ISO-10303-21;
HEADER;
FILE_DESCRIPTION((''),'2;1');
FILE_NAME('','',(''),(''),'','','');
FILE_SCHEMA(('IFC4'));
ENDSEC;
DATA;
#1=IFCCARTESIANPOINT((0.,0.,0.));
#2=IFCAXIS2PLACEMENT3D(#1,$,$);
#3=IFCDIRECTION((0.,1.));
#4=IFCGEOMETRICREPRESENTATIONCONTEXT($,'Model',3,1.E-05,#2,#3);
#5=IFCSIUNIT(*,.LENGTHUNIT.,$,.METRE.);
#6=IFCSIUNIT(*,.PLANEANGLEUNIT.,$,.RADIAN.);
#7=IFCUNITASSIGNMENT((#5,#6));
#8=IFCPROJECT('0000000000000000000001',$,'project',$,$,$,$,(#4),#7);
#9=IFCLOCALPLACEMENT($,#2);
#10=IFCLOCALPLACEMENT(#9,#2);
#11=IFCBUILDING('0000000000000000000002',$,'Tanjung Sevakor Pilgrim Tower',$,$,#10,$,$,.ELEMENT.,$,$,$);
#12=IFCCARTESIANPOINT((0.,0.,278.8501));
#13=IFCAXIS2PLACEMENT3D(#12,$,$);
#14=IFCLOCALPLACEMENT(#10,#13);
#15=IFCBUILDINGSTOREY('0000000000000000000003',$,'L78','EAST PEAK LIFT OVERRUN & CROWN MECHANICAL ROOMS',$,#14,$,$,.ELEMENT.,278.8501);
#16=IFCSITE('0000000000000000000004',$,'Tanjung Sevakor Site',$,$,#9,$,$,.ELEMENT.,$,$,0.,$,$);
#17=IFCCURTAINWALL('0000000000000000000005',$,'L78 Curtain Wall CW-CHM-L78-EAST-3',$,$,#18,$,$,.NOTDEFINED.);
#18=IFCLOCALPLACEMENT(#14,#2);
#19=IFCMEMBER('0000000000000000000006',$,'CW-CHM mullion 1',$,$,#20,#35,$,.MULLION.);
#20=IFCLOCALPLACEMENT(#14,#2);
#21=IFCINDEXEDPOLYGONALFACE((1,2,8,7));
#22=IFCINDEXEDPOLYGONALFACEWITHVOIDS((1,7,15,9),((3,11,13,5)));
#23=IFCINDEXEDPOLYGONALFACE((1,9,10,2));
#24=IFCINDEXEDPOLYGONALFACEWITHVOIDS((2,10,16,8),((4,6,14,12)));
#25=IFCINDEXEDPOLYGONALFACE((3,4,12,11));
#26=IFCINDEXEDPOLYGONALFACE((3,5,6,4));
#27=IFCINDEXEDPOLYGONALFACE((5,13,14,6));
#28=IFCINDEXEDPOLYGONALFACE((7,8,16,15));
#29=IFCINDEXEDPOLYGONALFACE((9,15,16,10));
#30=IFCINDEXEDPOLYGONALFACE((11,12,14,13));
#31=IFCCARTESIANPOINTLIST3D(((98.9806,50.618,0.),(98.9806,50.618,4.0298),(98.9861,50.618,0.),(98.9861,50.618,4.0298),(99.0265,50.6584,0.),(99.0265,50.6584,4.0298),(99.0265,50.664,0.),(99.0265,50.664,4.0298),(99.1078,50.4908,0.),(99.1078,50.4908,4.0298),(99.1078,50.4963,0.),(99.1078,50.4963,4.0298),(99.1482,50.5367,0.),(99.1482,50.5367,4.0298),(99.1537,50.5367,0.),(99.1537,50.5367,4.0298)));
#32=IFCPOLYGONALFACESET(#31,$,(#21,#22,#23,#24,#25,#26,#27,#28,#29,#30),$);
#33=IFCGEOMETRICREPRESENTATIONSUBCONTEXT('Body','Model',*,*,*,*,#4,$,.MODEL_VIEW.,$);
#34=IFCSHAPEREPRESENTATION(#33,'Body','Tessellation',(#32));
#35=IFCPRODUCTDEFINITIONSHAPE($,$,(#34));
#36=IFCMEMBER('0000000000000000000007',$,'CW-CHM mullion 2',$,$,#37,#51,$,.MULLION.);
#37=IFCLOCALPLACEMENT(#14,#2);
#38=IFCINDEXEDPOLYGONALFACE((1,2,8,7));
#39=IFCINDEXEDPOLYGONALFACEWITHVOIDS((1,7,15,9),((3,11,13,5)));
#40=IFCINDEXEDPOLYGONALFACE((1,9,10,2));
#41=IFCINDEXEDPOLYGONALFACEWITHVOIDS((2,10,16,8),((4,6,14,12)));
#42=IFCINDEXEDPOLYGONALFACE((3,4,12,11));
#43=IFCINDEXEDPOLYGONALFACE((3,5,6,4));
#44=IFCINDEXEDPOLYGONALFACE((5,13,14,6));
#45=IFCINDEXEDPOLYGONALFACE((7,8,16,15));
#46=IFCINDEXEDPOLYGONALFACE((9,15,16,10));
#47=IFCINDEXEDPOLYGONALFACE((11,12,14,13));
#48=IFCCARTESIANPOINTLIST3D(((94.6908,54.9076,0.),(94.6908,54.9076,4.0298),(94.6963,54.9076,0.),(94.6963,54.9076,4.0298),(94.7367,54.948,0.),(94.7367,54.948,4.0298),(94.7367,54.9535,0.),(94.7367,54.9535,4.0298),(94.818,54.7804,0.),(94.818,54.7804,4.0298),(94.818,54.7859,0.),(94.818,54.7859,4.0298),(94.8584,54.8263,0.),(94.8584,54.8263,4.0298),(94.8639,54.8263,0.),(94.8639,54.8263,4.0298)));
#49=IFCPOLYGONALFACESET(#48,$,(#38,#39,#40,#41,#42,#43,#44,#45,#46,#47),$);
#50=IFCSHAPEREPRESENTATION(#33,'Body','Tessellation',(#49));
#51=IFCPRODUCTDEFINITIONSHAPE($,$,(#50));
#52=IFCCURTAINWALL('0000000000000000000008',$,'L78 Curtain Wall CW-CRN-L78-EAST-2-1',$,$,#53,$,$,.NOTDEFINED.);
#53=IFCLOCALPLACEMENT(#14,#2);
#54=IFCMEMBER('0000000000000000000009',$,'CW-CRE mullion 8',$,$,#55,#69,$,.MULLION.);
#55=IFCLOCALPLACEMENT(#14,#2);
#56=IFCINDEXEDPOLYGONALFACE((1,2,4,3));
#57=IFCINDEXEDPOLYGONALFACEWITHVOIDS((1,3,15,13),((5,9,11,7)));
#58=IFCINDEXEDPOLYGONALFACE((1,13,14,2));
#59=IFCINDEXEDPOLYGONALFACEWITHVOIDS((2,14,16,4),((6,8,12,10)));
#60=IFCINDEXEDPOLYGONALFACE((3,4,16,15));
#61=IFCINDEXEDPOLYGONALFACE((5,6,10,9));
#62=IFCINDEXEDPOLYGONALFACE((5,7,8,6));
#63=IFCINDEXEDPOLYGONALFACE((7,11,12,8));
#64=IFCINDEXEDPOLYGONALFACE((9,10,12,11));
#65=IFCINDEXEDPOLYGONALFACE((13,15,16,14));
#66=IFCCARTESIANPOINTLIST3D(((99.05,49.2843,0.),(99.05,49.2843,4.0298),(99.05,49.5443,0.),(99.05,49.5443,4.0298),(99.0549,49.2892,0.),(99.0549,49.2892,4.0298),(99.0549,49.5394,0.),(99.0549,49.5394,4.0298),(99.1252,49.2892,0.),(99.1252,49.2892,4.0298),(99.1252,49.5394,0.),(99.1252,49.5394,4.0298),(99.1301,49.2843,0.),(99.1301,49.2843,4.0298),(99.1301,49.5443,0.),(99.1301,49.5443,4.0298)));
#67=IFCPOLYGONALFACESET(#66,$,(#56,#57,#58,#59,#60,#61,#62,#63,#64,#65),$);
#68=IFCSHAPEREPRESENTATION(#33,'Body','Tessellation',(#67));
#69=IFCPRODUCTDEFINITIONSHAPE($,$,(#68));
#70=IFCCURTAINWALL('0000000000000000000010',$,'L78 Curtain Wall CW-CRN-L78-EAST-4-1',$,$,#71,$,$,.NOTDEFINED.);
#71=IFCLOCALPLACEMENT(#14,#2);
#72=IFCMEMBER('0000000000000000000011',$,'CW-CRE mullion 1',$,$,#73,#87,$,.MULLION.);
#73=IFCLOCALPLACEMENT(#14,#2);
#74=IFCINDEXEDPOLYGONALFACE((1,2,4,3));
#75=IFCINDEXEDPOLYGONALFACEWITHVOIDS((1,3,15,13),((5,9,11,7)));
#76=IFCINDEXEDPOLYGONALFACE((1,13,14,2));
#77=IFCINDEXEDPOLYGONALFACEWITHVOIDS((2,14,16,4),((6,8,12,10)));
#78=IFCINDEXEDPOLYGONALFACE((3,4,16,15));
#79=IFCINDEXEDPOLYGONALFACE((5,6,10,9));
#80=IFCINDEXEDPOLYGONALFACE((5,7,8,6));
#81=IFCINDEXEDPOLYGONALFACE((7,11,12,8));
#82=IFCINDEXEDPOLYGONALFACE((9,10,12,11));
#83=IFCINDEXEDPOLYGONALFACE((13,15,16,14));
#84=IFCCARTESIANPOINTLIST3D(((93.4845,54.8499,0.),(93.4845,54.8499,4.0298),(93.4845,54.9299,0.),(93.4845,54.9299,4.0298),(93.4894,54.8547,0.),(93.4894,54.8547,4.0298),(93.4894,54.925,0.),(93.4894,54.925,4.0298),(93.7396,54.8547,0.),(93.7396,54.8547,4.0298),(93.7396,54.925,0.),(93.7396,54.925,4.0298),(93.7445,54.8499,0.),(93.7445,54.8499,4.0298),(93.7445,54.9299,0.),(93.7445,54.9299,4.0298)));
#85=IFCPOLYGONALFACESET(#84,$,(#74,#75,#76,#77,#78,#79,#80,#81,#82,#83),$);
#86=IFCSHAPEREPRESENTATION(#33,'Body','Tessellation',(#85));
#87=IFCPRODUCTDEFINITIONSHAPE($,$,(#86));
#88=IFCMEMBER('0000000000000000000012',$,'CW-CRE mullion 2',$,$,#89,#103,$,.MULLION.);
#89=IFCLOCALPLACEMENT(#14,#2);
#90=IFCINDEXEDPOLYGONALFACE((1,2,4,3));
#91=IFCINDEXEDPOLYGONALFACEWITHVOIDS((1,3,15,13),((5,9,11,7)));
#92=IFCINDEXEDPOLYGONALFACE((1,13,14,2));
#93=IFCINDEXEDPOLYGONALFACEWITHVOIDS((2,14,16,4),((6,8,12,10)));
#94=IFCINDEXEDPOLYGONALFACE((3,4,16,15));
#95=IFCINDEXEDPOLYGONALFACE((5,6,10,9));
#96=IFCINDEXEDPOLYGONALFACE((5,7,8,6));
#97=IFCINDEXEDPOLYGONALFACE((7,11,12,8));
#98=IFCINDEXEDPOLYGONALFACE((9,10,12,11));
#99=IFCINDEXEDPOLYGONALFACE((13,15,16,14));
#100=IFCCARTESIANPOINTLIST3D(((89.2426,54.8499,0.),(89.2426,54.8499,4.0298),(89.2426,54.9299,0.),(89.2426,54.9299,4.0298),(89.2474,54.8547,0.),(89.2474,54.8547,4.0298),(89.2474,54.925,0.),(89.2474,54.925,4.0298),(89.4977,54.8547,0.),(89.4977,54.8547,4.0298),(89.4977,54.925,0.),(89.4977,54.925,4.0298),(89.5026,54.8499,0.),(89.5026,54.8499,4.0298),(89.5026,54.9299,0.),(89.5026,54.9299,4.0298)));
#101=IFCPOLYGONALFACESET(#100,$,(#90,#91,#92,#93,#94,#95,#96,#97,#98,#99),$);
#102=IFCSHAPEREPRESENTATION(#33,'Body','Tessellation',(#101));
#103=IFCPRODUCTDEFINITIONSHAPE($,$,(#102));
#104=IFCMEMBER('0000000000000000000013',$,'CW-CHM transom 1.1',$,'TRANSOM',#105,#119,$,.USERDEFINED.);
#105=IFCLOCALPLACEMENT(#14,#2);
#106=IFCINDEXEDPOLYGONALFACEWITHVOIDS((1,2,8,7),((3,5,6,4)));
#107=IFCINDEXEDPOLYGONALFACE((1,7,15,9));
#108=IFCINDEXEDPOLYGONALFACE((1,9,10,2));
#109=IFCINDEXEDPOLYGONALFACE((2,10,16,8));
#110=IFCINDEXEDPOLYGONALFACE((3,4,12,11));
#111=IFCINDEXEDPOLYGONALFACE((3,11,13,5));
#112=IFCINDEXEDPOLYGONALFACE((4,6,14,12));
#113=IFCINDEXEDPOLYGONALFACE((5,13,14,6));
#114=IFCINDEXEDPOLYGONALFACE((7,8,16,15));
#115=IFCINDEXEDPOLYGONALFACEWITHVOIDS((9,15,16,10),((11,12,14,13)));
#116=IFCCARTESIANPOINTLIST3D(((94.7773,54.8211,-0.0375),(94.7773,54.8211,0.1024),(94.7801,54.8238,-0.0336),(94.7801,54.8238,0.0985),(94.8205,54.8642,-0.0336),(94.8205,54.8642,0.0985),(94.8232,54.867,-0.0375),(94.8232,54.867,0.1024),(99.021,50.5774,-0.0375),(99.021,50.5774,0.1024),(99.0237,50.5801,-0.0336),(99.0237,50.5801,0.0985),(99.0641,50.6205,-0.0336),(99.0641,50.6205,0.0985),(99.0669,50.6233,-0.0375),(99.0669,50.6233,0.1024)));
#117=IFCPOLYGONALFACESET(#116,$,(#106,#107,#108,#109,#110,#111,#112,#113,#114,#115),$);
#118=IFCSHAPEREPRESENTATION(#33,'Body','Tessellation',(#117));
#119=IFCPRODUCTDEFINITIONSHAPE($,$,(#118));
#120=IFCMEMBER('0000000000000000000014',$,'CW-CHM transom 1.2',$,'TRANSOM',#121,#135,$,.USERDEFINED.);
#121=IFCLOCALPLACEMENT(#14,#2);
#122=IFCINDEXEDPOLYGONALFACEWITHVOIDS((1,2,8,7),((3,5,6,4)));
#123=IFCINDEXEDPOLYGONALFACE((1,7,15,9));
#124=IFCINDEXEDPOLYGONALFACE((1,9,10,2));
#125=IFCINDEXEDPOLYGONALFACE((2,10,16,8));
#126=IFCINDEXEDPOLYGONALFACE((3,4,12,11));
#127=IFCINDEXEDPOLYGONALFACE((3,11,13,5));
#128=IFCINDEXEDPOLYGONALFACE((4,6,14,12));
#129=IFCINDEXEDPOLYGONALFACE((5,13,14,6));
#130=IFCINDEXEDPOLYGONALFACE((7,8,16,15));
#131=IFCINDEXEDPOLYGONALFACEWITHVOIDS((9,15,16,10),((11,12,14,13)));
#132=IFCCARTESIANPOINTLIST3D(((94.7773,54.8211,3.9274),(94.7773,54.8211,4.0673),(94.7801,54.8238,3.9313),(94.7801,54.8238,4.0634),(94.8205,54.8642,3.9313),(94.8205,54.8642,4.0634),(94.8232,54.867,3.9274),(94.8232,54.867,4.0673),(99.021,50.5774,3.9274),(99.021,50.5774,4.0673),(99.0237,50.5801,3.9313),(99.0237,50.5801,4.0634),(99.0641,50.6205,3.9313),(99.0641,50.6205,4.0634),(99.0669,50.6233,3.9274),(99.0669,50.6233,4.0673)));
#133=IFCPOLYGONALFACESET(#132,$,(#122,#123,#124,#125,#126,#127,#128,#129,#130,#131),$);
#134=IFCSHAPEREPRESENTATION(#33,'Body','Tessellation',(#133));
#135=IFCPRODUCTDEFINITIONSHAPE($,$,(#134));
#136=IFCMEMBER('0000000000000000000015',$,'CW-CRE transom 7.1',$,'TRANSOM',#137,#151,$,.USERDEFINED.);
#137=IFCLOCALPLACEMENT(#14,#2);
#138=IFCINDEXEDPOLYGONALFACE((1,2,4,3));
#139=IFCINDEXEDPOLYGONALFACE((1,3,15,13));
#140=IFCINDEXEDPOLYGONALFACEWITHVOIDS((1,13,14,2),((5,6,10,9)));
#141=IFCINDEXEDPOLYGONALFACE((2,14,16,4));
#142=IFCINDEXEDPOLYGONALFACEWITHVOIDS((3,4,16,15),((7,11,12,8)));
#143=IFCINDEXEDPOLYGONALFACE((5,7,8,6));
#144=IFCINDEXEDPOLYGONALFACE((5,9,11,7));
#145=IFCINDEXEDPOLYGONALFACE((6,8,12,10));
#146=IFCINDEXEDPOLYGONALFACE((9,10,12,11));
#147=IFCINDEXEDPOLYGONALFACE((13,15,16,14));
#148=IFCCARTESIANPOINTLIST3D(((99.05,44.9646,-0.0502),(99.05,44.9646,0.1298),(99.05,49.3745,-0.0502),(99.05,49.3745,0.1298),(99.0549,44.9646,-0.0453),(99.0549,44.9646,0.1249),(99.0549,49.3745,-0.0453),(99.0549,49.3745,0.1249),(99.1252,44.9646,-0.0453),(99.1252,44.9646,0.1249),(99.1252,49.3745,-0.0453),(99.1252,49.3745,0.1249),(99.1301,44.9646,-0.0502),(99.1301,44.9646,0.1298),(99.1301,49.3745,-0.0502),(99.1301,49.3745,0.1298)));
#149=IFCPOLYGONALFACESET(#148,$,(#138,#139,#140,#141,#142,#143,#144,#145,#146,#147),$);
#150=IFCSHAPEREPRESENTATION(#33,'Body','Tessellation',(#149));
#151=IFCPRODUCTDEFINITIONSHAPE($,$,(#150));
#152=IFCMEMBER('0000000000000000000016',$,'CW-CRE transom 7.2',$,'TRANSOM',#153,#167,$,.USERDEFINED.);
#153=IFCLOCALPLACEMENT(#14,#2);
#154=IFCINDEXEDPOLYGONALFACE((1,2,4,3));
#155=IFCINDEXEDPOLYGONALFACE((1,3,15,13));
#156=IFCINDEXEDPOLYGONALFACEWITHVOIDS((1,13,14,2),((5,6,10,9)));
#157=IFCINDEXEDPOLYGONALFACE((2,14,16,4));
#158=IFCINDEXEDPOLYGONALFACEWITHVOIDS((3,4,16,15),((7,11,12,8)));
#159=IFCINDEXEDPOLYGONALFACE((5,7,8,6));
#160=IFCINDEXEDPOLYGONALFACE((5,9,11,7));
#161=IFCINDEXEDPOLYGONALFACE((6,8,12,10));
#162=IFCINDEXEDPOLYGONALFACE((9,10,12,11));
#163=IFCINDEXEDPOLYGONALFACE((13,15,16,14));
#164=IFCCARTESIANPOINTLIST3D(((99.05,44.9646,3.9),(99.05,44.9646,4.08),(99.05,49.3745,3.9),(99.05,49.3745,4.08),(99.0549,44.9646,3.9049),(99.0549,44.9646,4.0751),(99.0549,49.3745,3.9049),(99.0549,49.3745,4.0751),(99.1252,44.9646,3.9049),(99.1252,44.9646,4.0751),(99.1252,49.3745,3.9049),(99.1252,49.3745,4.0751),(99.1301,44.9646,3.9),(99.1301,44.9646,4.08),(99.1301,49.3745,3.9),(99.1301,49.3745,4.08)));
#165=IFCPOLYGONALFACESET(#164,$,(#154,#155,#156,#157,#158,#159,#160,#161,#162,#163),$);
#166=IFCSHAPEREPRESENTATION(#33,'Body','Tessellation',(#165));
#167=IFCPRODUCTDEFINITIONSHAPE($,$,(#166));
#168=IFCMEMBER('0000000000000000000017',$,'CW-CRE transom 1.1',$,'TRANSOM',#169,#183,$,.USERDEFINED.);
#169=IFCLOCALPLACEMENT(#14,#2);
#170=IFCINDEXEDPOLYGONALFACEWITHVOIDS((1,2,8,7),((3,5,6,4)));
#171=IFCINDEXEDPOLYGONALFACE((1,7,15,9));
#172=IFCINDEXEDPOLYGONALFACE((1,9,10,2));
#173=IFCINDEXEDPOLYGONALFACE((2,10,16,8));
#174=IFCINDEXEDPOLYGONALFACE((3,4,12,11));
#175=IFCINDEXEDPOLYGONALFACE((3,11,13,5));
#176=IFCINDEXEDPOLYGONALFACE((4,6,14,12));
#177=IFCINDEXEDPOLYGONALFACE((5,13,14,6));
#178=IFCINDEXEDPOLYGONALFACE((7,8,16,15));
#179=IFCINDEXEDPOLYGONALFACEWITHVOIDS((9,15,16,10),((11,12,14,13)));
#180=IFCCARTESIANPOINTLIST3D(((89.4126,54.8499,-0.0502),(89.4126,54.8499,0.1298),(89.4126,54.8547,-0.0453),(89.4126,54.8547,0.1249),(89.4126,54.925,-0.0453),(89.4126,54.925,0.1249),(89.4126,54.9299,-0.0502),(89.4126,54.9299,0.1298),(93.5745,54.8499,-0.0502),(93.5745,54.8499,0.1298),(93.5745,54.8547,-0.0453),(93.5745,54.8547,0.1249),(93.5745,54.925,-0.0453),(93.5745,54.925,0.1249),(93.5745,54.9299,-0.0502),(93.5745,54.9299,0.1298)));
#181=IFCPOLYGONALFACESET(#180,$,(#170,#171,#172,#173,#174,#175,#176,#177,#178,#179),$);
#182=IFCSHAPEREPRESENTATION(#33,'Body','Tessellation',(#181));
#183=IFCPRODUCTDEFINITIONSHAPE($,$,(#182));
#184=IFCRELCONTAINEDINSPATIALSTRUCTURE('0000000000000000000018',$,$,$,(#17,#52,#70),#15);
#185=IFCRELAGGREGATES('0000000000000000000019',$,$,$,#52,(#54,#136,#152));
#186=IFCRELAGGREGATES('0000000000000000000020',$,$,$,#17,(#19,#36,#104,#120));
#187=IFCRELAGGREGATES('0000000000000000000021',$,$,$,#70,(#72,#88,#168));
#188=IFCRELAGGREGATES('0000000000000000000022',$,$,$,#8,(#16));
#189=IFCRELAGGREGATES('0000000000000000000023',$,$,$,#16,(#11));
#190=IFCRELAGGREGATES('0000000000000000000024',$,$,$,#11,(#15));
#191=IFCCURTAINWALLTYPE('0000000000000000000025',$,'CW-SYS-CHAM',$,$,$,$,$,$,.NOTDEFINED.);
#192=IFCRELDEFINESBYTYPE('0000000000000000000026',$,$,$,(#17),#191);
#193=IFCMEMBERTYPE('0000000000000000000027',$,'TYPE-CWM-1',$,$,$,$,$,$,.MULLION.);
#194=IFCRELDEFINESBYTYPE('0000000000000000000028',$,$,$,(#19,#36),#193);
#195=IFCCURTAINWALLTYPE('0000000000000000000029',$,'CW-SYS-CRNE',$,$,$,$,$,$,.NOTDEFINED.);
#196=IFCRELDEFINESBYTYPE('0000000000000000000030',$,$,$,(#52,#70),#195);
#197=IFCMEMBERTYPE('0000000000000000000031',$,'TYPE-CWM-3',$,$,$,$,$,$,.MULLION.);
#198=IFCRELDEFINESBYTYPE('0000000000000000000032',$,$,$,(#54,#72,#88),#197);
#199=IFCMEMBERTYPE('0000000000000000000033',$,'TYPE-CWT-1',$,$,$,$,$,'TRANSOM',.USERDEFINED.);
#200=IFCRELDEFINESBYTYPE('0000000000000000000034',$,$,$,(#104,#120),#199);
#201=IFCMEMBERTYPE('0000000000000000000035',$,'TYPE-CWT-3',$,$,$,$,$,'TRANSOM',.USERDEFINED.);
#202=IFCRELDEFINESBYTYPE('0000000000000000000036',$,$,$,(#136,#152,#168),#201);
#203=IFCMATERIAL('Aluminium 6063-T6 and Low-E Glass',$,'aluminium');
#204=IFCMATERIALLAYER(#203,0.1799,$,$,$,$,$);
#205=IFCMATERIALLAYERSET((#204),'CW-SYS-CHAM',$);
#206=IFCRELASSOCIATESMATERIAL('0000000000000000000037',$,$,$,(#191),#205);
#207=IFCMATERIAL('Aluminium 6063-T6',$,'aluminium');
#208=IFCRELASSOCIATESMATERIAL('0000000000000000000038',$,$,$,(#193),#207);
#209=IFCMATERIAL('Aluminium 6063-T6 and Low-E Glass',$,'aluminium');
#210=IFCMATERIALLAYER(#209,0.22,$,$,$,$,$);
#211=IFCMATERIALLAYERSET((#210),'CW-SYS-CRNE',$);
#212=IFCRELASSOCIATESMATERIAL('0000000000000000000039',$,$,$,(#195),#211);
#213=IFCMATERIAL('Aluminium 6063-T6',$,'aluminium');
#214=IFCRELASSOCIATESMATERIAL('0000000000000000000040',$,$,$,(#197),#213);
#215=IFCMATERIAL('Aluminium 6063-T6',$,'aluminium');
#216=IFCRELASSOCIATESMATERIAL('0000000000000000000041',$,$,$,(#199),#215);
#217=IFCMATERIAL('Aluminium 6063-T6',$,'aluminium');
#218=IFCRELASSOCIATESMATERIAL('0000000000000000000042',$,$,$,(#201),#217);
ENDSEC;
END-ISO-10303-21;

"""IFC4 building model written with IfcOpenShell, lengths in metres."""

from ifc_helpers import new_model, si_unit, direction, frame, origin, origin_2d, place, context, subcontext, project, spatial, hollow_rectangle, extrude, material, layer, layer_set, material_profile, profile_set, type_object, element, aggregate, save


model = new_model("IFC4")

# Units and contexts
model_context = context("Model", 3, precision=1e-05, world=origin(), true_north=direction((0.0, 1.0)))
body_context = subcontext(model_context, "Body", "Model", "MODEL_VIEW")
ifc_project = project(units=[si_unit("LENGTHUNIT", "METRE"), si_unit("PLANEANGLEUNIT", "RADIAN")], contexts=[model_context])

# Site, building, storey
site_placement = place(None, origin())
site = spatial("IfcSite", under=ifc_project, at=site_placement, Name="Tanjung Sevakor Site", CompositionType="ELEMENT", RefElevation=0.0)
building_placement = place(site_placement, origin())
building = spatial("IfcBuilding", under=site, at=building_placement, Name="Tanjung Sevakor Pilgrim Tower", CompositionType="ELEMENT")
storey_placement = place(building_placement, frame((0.0, 0.0, 278.8501)))
storey = spatial("IfcBuildingStorey", under=building, at=storey_placement, Name="L78", Description="EAST PEAK LIFT OVERRUN & CROWN MECHANICAL ROOMS", CompositionType="ELEMENT", Elevation=278.8501)

# Curtain wall, members
ifc_material_1 = material(Name="Aluminium 6063-T6 and Low-E Glass", Category="aluminium")
ifc_layer_1 = layer(ifc_material_1, 0.1799)
ifc_layer_set_1 = layer_set([ifc_layer_1], Name="CW-SYS-CHAM")
curtain_wall_type_1 = type_object("IfcCurtainWallType", Name="CW-SYS-CHAM", PredefinedType="NOTDEFINED", material=ifc_layer_set_1)
curtain_wall_1_placement = place(storey_placement, origin())
curtain_wall_1 = element("IfcCurtainWall", 1, at=curtain_wall_1_placement, inside=storey, type_object=curtain_wall_type_1, Name="L78 Curtain Wall CW-CHM-L78-EAST-3", PredefinedType="NOTDEFINED")
ifc_material_2 = material(Name="Aluminium 6063-T6", Category="aluminium")
ifc_material_profile_1 = material_profile(ifc_material_2, hollow_rectangle(XDim=0.0649, YDim=0.1799, WallThickness=0.0039, at=origin_2d()))
ifc_profile_set_1 = profile_set([ifc_material_profile_1], Name="Aluminium 6063-T6")
member_type_1 = type_object("IfcMemberType", Name="TYPE-CWM-1", PredefinedType="MULLION", material=ifc_profile_set_1)
member_1_placement = place(storey_placement, frame((99.0671, 50.5774, 0.0), z_axis=(0.0, 0.0, 1.0), x_axis=(-0.707107, -0.707107, 0.0)))
member_1 = element("IfcMember", 2, at=member_1_placement, type_object=member_type_1, Name="CW-CHM mullion 1", PredefinedType="MULLION", context=body_context, shape_type="SweptSolid", body=[
    extrude(hollow_rectangle(XDim=0.0649, YDim=0.1799, WallThickness=0.0039, at=origin_2d()), origin(), (0.0, 0.0, 1.0), 4.0298),
])
member_2_placement = place(storey_placement, frame((94.7773, 54.8669, 0.0), z_axis=(0.0, 0.0, 1.0), x_axis=(-0.707107, -0.707107, 0.0)))
member_2 = element("IfcMember", 3, at=member_2_placement, type_object=member_type_1, Name="CW-CHM mullion 2", PredefinedType="MULLION", context=body_context, shape_type="SweptSolid", body=[
    extrude(hollow_rectangle(XDim=0.0649, YDim=0.1799, WallThickness=0.0039, at=origin_2d()), origin(), (0.0, 0.0, 1.0), 4.0298),
])

# Curtain wall, member
ifc_material_3 = material(Name="Aluminium 6063-T6 and Low-E Glass", Category="aluminium")
ifc_layer_2 = layer(ifc_material_3, 0.22)
ifc_layer_set_2 = layer_set([ifc_layer_2], Name="CW-SYS-CRNE")
curtain_wall_type_2 = type_object("IfcCurtainWallType", Name="CW-SYS-CRNE", PredefinedType="NOTDEFINED", material=ifc_layer_set_2)
curtain_wall_2_placement = place(storey_placement, origin())
curtain_wall_2 = element("IfcCurtainWall", 4, at=curtain_wall_2_placement, inside=storey, type_object=curtain_wall_type_2, Name="L78 Curtain Wall CW-CRN-L78-EAST-2-1", PredefinedType="NOTDEFINED")
ifc_material_4 = material(Name="Aluminium 6063-T6", Category="aluminium")
ifc_material_profile_2 = material_profile(ifc_material_4, hollow_rectangle(XDim=0.0801, YDim=0.26, WallThickness=0.0049, at=origin_2d()))
ifc_profile_set_2 = profile_set([ifc_material_profile_2], Name="Aluminium 6063-T6")
member_type_2 = type_object("IfcMemberType", Name="TYPE-CWM-3", PredefinedType="MULLION", material=ifc_profile_set_2)
member_3_placement = place(storey_placement, frame((99.0901, 49.4143, 0.0), z_axis=(0.0, 0.0, 1.0), x_axis=(-1.0, 0.0, 0.0)))
member_3 = element("IfcMember", 5, at=member_3_placement, type_object=member_type_2, Name="CW-CRE mullion 8", PredefinedType="MULLION", context=body_context, shape_type="SweptSolid", body=[
    extrude(hollow_rectangle(XDim=0.0801, YDim=0.26, WallThickness=0.0049, at=origin_2d()), origin(), (0.0, 0.0, 1.0), 4.0298),
])

# Curtain wall, members
curtain_wall_3_placement = place(storey_placement, origin())
curtain_wall_3 = element("IfcCurtainWall", 6, at=curtain_wall_3_placement, inside=storey, type_object=curtain_wall_type_2, Name="L78 Curtain Wall CW-CRN-L78-EAST-4-1", PredefinedType="NOTDEFINED")
member_4_placement = place(storey_placement, frame((93.6145, 54.8899, 0.0), z_axis=(0.0, 0.0, 1.0), x_axis=(0.0, -1.0, 0.0)))
member_4 = element("IfcMember", 7, at=member_4_placement, type_object=member_type_2, Name="CW-CRE mullion 1", PredefinedType="MULLION", context=body_context, shape_type="SweptSolid", body=[
    extrude(hollow_rectangle(XDim=0.0801, YDim=0.26, WallThickness=0.0049, at=origin_2d()), origin(), (0.0, 0.0, 1.0), 4.0298),
])
member_5_placement = place(storey_placement, frame((89.3726, 54.8899, 0.0), z_axis=(0.0, 0.0, 1.0), x_axis=(0.0, -1.0, 0.0)))
member_5 = element("IfcMember", 8, at=member_5_placement, type_object=member_type_2, Name="CW-CRE mullion 2", PredefinedType="MULLION", context=body_context, shape_type="SweptSolid", body=[
    extrude(hollow_rectangle(XDim=0.0801, YDim=0.26, WallThickness=0.0049, at=origin_2d()), origin(), (0.0, 0.0, 1.0), 4.0298),
])

# Members
ifc_material_5 = material(Name="Aluminium 6063-T6", Category="aluminium")
ifc_material_profile_3 = material_profile(ifc_material_5, hollow_rectangle(XDim=0.0649, YDim=0.1399, WallThickness=0.0039, at=origin_2d()))
ifc_profile_set_3 = profile_set([ifc_material_profile_3], Name="Aluminium 6063-T6")
member_type_3 = type_object("IfcMemberType", Name="TYPE-CWT-1", ElementType="TRANSOM", PredefinedType="USERDEFINED", material=ifc_profile_set_3)
member_6_placement = place(storey_placement, frame((99.0439, 50.6003, 0.0325), z_axis=(-0.707107, 0.707107, 0.0), x_axis=(-0.707107, -0.707107, 0.0)))
member_6 = element("IfcMember", 9, at=member_6_placement, type_object=member_type_3, Name="CW-CHM transom 1.1", ObjectType="TRANSOM", PredefinedType="USERDEFINED", context=body_context, shape_type="SweptSolid", body=[
    extrude(hollow_rectangle(XDim=0.0649, YDim=0.1399, WallThickness=0.0039, at=origin_2d()), origin(), (0.0, 0.0, 1.0), 6.0015),
])
member_7_placement = place(storey_placement, frame((99.0439, 50.6003, 3.9973), z_axis=(-0.707107, 0.707107, 0.0), x_axis=(-0.707107, -0.707107, 0.0)))
member_7 = element("IfcMember", 10, at=member_7_placement, type_object=member_type_3, Name="CW-CHM transom 1.2", ObjectType="TRANSOM", PredefinedType="USERDEFINED", context=body_context, shape_type="SweptSolid", body=[
    extrude(hollow_rectangle(XDim=0.0649, YDim=0.1399, WallThickness=0.0039, at=origin_2d()), origin(), (0.0, 0.0, 1.0), 6.0015),
])
ifc_material_6 = material(Name="Aluminium 6063-T6", Category="aluminium")
ifc_material_profile_4 = material_profile(ifc_material_6, hollow_rectangle(XDim=0.0801, YDim=0.1799, WallThickness=0.0049, at=origin_2d()))
ifc_profile_set_4 = profile_set([ifc_material_profile_4], Name="Aluminium 6063-T6")
member_type_4 = type_object("IfcMemberType", Name="TYPE-CWT-3", ElementType="TRANSOM", PredefinedType="USERDEFINED", material=ifc_profile_set_4)
member_8_placement = place(storey_placement, frame((99.0901, 44.9646, 0.0398), z_axis=(0.0, 1.0, 0.0), x_axis=(-1.0, 0.0, 0.0)))
member_8 = element("IfcMember", 11, at=member_8_placement, type_object=member_type_4, Name="CW-CRE transom 7.1", ObjectType="TRANSOM", PredefinedType="USERDEFINED", context=body_context, shape_type="SweptSolid", body=[
    extrude(hollow_rectangle(XDim=0.0801, YDim=0.1799, WallThickness=0.0049, at=origin_2d()), origin(), (0.0, 0.0, 1.0), 4.4099),
])
member_9_placement = place(storey_placement, frame((99.0901, 44.9646, 3.99), z_axis=(0.0, 1.0, 0.0), x_axis=(-1.0, 0.0, 0.0)))
member_9 = element("IfcMember", 12, at=member_9_placement, type_object=member_type_4, Name="CW-CRE transom 7.2", ObjectType="TRANSOM", PredefinedType="USERDEFINED", context=body_context, shape_type="SweptSolid", body=[
    extrude(hollow_rectangle(XDim=0.0801, YDim=0.1799, WallThickness=0.0049, at=origin_2d()), origin(), (0.0, 0.0, 1.0), 4.4099),
])
member_10_placement = place(storey_placement, frame((93.5745, 54.8899, 0.0398), z_axis=(-1.0, 0.0, 0.0), x_axis=(0.0, -1.0, 0.0)))
member_10 = element("IfcMember", 13, at=member_10_placement, type_object=member_type_4, Name="CW-CRE transom 1.1", ObjectType="TRANSOM", PredefinedType="USERDEFINED", context=body_context, shape_type="SweptSolid", body=[
    extrude(hollow_rectangle(XDim=0.0801, YDim=0.1799, WallThickness=0.0049, at=origin_2d()), origin(), (0.0, 0.0, 1.0), 4.1619),
])

aggregate(curtain_wall_2, [member_3, member_8, member_9])
aggregate(curtain_wall_1, [member_1, member_2, member_6, member_7])
aggregate(curtain_wall_3, [member_4, member_5, member_10])

save(model, "model.ifc")
